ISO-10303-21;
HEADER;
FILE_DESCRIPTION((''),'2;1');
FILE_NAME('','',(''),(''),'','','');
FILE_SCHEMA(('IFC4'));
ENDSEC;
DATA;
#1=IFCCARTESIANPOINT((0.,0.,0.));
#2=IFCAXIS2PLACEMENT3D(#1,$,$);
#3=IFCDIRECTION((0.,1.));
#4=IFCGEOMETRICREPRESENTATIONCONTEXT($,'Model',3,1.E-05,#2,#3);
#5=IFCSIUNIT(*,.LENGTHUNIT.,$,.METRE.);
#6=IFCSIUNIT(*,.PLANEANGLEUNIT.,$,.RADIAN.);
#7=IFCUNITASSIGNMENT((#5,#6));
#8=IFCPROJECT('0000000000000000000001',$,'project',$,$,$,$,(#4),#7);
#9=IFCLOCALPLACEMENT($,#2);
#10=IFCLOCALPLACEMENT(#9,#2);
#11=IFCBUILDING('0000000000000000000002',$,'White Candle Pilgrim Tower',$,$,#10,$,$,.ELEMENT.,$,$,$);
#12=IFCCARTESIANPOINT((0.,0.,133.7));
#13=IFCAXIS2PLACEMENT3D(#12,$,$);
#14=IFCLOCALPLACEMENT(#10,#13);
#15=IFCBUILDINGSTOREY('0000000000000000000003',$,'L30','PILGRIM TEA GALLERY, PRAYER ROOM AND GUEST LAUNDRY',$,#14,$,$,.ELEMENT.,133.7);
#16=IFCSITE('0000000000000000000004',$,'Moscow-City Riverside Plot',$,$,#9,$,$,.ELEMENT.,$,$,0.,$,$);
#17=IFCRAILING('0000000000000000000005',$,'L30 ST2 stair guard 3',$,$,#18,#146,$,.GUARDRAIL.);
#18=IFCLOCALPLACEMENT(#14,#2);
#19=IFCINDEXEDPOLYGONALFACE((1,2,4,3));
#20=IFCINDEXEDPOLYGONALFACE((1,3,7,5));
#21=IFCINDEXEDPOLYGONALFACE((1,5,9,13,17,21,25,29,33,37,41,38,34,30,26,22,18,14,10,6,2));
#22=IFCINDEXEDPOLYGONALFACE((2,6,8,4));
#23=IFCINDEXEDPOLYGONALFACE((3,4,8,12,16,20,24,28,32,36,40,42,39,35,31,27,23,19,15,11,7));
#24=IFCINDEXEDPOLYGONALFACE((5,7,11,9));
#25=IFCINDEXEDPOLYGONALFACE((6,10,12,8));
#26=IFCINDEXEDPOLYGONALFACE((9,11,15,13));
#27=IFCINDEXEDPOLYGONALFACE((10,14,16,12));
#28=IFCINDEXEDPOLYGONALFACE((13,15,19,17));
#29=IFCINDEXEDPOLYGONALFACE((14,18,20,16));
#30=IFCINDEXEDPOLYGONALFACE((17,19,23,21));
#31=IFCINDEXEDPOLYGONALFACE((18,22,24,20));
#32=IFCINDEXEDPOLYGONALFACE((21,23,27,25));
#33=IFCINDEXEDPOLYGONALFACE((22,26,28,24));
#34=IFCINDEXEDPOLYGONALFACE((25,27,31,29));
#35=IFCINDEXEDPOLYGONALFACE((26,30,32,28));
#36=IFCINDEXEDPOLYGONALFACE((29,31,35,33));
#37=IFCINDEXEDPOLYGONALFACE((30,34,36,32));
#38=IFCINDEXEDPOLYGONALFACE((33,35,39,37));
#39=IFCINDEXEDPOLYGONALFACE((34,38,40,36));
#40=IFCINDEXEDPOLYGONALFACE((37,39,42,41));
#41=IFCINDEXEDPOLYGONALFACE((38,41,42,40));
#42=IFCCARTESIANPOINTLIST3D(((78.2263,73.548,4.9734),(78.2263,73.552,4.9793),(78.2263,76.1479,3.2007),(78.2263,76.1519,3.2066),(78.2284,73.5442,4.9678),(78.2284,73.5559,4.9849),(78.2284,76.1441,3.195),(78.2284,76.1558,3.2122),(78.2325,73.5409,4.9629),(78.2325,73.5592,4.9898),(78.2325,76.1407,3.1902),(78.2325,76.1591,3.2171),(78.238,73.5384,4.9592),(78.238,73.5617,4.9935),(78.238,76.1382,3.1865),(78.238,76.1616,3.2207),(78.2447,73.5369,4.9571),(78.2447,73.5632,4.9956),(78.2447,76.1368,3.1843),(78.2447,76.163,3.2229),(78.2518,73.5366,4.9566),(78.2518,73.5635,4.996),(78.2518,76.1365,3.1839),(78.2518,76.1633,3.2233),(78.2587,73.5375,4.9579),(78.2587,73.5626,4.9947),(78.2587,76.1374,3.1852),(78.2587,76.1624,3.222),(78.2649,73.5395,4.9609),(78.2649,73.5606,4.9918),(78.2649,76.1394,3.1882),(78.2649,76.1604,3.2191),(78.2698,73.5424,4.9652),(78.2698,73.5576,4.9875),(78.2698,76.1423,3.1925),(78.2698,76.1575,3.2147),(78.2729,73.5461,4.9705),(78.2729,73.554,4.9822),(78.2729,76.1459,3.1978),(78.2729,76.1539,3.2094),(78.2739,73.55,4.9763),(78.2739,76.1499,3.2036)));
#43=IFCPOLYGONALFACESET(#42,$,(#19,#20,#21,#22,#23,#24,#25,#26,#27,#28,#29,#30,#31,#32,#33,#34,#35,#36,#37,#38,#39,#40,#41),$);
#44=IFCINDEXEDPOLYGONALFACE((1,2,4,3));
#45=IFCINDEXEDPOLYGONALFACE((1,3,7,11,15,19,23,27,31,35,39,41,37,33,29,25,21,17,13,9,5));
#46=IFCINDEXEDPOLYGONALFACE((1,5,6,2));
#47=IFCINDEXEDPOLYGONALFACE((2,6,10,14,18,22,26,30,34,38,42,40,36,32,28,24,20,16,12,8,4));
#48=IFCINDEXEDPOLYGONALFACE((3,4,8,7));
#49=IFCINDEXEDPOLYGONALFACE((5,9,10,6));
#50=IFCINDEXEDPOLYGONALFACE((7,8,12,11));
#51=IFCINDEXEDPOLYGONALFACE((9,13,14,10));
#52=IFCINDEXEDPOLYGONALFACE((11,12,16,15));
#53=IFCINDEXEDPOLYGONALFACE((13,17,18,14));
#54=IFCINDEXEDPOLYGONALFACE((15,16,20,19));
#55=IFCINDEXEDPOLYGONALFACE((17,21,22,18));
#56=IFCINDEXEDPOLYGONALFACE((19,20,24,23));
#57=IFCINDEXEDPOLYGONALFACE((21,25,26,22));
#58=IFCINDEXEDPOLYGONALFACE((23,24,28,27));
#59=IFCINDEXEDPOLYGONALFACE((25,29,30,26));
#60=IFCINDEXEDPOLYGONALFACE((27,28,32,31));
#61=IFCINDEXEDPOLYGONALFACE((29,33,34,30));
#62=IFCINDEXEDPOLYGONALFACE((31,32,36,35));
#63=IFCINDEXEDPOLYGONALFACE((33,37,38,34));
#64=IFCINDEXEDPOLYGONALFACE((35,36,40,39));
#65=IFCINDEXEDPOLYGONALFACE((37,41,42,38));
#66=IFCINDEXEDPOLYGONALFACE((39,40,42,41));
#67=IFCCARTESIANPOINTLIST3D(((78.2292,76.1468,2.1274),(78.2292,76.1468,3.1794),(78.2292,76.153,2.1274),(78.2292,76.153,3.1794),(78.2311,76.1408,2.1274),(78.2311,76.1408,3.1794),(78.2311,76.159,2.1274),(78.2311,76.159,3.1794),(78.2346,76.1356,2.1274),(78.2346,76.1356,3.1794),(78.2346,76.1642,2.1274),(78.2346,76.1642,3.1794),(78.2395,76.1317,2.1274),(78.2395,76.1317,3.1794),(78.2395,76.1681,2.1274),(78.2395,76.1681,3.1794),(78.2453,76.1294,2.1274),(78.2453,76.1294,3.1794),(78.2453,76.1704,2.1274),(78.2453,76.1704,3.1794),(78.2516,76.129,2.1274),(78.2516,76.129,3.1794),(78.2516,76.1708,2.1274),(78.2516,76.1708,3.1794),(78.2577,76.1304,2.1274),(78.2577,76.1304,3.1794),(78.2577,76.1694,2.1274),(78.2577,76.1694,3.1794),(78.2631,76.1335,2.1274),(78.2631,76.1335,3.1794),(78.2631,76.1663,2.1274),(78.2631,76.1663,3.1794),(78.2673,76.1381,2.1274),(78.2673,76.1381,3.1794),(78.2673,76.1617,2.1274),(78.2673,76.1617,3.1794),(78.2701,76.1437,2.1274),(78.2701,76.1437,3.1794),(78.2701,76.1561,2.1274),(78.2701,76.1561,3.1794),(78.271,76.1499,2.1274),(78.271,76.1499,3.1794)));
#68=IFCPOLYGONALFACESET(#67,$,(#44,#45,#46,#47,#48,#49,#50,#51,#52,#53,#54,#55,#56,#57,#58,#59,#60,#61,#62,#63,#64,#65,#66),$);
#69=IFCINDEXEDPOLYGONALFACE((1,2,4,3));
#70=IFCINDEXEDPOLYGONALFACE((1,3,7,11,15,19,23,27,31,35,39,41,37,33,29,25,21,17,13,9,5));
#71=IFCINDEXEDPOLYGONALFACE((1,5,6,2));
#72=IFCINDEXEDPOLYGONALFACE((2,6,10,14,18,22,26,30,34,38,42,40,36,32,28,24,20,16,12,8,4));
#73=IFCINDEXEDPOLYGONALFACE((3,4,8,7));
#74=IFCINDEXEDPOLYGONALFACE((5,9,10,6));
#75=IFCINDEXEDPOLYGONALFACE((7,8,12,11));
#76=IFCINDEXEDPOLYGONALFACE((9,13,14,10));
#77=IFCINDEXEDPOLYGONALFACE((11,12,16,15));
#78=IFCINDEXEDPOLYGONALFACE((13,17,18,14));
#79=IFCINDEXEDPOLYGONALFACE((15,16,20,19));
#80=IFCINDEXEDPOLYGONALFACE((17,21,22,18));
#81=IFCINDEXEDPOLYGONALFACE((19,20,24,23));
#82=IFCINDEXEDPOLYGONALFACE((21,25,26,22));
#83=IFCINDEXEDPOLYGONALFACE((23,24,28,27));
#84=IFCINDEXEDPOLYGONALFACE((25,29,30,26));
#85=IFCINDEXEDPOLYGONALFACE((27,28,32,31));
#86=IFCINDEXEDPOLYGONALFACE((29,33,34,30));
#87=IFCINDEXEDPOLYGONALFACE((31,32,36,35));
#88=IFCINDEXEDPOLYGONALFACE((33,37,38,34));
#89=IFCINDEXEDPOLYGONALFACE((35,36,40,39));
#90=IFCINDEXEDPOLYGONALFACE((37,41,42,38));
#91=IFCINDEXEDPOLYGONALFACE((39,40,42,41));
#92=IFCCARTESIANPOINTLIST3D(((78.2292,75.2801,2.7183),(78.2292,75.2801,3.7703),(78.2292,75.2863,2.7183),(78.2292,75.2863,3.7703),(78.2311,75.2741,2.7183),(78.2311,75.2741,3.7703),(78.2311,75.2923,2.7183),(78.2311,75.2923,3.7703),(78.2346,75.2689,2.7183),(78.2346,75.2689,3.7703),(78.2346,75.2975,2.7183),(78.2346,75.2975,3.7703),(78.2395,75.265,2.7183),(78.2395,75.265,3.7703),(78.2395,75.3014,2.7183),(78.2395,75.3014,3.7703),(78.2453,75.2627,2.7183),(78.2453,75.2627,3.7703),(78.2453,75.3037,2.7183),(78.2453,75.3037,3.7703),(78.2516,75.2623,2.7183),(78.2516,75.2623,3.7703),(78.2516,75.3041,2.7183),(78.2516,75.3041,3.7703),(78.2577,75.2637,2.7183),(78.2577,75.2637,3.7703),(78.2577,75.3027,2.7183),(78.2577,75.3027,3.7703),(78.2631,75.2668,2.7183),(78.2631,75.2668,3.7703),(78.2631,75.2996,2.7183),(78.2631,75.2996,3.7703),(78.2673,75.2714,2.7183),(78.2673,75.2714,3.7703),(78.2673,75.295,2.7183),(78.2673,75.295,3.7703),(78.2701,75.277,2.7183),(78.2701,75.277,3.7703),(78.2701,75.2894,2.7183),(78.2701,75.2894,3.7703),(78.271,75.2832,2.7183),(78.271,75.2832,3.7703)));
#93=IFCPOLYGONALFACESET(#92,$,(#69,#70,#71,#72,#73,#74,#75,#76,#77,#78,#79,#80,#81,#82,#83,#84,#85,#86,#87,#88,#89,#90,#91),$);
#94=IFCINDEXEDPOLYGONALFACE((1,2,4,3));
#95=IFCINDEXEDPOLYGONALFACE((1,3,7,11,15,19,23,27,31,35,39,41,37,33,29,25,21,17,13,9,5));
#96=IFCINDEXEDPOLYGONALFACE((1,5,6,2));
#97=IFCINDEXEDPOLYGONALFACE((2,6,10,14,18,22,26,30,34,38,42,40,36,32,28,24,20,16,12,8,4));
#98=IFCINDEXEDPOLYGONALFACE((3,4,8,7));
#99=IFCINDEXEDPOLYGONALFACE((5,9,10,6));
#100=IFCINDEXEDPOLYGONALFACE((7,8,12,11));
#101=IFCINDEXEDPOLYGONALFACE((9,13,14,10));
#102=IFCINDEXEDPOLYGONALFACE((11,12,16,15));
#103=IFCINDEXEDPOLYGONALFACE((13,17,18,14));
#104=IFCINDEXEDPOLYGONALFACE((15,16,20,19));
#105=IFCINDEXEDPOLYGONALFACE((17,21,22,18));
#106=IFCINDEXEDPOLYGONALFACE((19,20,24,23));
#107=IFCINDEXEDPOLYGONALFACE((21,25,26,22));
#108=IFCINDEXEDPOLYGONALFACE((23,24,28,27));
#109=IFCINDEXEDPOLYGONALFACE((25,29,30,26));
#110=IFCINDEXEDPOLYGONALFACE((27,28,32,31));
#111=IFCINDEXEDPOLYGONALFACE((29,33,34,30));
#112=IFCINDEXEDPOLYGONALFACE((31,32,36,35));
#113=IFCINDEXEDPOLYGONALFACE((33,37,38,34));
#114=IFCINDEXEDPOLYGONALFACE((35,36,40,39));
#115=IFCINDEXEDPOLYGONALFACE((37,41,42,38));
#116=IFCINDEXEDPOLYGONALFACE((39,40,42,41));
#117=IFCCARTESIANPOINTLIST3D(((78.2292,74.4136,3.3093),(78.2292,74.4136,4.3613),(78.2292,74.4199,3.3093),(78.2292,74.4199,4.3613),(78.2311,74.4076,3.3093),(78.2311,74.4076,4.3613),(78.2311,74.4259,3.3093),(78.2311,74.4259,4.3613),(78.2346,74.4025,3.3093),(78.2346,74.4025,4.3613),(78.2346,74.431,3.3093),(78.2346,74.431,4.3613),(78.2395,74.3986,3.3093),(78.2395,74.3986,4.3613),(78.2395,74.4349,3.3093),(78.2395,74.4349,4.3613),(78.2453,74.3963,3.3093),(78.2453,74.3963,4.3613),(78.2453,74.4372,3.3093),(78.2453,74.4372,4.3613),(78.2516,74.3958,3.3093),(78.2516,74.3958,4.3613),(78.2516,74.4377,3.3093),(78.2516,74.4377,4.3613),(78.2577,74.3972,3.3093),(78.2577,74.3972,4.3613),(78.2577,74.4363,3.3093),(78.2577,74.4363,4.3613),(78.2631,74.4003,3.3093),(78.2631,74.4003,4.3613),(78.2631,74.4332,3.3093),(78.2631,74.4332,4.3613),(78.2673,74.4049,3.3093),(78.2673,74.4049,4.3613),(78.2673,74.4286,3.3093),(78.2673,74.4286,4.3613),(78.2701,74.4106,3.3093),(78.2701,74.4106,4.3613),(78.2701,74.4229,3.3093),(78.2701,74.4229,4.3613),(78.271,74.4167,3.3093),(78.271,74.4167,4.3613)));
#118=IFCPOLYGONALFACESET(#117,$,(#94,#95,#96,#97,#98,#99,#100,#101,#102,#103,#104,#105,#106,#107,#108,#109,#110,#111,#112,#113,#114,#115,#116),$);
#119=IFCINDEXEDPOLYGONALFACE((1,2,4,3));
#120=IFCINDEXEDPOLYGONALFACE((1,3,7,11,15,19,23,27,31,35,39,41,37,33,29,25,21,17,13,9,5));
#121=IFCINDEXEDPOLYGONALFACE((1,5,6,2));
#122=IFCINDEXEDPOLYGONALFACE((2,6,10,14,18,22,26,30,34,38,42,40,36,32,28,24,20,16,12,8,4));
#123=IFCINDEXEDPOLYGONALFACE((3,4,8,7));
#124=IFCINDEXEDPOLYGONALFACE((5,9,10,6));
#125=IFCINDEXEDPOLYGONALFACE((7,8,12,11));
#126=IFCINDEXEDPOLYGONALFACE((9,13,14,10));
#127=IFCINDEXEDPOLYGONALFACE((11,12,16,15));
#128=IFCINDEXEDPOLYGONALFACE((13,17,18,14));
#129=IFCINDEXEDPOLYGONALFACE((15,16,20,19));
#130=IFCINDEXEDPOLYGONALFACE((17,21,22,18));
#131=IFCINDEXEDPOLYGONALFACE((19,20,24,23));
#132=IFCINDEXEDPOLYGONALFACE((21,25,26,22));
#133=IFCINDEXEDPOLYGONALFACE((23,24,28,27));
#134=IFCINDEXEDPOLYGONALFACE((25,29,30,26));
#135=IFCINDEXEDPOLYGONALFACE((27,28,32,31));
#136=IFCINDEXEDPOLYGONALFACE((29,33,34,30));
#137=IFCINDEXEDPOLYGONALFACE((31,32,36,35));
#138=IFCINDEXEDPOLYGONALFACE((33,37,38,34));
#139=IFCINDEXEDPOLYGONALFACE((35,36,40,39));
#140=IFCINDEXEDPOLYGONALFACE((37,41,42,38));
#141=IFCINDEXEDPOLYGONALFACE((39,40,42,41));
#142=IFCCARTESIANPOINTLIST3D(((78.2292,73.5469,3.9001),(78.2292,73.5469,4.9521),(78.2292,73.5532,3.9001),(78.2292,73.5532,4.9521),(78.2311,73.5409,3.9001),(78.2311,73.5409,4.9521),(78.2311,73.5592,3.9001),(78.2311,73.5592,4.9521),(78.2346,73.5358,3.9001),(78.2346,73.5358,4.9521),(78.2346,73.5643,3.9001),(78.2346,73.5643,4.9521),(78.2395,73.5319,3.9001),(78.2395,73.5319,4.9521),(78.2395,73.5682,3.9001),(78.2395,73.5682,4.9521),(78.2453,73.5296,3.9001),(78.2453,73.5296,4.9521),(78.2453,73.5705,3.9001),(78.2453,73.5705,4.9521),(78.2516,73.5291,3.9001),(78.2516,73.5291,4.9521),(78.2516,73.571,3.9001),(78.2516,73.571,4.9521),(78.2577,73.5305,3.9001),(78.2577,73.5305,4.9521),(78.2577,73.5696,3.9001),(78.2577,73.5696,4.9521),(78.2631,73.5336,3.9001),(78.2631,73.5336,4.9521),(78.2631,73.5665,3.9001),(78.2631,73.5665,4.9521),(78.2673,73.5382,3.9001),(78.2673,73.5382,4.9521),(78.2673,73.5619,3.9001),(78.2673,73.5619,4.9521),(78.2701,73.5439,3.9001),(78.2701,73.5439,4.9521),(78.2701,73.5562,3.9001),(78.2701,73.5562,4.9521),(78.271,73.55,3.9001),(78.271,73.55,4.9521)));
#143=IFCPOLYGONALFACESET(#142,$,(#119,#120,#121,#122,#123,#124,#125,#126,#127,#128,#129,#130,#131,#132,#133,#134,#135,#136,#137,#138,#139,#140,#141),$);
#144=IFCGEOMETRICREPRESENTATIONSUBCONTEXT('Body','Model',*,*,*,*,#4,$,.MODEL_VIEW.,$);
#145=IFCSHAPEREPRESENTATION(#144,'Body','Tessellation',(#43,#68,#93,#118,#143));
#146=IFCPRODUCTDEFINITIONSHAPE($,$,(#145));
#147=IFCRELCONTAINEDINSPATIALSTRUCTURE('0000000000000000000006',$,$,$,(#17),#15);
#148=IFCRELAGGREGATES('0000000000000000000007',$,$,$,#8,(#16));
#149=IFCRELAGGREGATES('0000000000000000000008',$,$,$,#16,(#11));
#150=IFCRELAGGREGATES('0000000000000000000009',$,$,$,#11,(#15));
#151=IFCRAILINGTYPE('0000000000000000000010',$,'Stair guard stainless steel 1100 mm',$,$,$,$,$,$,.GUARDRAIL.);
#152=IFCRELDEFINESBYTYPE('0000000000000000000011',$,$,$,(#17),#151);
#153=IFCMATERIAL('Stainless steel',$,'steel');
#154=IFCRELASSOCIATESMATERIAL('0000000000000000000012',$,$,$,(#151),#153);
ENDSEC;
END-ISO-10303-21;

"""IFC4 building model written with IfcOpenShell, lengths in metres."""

from ifc_helpers import new_model, si_unit, direction, frame, origin, origin_2d, place, context, subcontext, project, spatial, circle, extrude, material, type_object, element, save


model = new_model("IFC4")

# Units and contexts
model_context = context("Model", 3, precision=1e-05, world=origin(), true_north=direction((0.0, 1.0)))
body_context = subcontext(model_context, "Body", "Model", "MODEL_VIEW")
ifc_project = project(units=[si_unit("LENGTHUNIT", "METRE"), si_unit("PLANEANGLEUNIT", "RADIAN")], contexts=[model_context])

# Site, building, storey
site_placement = place(None, origin())
site = spatial("IfcSite", under=ifc_project, at=site_placement, Name="Moscow-City Riverside Plot", CompositionType="ELEMENT", RefElevation=0.0)
building_placement = place(site_placement, origin())
building = spatial("IfcBuilding", under=site, at=building_placement, Name="White Candle Pilgrim Tower", CompositionType="ELEMENT")
storey_placement = place(building_placement, frame((0.0, 0.0, 133.7)))
storey = spatial("IfcBuildingStorey", under=building, at=storey_placement, Name="L30", Description="PILGRIM TEA GALLERY, PRAYER ROOM AND GUEST LAUNDRY", CompositionType="ELEMENT", Elevation=133.7)

# Railing
ifc_material_1 = material(Name="Stainless steel", Category="steel")
railing_type_1 = type_object("IfcRailingType", Name="Stair guard stainless steel 1100 mm", PredefinedType="GUARDRAIL", material=ifc_material_1)
railing_1_placement = place(storey_placement, frame((78.25, 76.1499, 2.1274)))
element("IfcRailing", 1, at=railing_1_placement, inside=storey, type_object=railing_type_1, Name="L30 ST2 stair guard 3", PredefinedType="GUARDRAIL", context=body_context, shape_type="SweptSolid", body=[
    extrude(circle(Radius=0.0239, at=origin_2d()), frame((0.0, 0.0, 1.0762), z_axis=(0.0, -0.826216, 0.563354), x_axis=(1.0, 0.0, 0.0)), (0.0, 0.0, 1.0), 3.1467),
    extrude(circle(Radius=0.021, at=origin_2d()), origin(), (0.0, 0.0, 1.0), 1.052),
    extrude(circle(Radius=0.021, at=origin_2d()), frame((0.0, -0.8667, 0.5908)), (0.0, 0.0, 1.0), 1.052),
    extrude(circle(Radius=0.021, at=origin_2d()), frame((0.0, -1.7332, 1.1819)), (0.0, 0.0, 1.0), 1.052),
    extrude(circle(Radius=0.021, at=origin_2d()), frame((0.0, -2.5999, 1.7727)), (0.0, 0.0, 1.0), 1.052),
])

save(model, "model.ifc")
